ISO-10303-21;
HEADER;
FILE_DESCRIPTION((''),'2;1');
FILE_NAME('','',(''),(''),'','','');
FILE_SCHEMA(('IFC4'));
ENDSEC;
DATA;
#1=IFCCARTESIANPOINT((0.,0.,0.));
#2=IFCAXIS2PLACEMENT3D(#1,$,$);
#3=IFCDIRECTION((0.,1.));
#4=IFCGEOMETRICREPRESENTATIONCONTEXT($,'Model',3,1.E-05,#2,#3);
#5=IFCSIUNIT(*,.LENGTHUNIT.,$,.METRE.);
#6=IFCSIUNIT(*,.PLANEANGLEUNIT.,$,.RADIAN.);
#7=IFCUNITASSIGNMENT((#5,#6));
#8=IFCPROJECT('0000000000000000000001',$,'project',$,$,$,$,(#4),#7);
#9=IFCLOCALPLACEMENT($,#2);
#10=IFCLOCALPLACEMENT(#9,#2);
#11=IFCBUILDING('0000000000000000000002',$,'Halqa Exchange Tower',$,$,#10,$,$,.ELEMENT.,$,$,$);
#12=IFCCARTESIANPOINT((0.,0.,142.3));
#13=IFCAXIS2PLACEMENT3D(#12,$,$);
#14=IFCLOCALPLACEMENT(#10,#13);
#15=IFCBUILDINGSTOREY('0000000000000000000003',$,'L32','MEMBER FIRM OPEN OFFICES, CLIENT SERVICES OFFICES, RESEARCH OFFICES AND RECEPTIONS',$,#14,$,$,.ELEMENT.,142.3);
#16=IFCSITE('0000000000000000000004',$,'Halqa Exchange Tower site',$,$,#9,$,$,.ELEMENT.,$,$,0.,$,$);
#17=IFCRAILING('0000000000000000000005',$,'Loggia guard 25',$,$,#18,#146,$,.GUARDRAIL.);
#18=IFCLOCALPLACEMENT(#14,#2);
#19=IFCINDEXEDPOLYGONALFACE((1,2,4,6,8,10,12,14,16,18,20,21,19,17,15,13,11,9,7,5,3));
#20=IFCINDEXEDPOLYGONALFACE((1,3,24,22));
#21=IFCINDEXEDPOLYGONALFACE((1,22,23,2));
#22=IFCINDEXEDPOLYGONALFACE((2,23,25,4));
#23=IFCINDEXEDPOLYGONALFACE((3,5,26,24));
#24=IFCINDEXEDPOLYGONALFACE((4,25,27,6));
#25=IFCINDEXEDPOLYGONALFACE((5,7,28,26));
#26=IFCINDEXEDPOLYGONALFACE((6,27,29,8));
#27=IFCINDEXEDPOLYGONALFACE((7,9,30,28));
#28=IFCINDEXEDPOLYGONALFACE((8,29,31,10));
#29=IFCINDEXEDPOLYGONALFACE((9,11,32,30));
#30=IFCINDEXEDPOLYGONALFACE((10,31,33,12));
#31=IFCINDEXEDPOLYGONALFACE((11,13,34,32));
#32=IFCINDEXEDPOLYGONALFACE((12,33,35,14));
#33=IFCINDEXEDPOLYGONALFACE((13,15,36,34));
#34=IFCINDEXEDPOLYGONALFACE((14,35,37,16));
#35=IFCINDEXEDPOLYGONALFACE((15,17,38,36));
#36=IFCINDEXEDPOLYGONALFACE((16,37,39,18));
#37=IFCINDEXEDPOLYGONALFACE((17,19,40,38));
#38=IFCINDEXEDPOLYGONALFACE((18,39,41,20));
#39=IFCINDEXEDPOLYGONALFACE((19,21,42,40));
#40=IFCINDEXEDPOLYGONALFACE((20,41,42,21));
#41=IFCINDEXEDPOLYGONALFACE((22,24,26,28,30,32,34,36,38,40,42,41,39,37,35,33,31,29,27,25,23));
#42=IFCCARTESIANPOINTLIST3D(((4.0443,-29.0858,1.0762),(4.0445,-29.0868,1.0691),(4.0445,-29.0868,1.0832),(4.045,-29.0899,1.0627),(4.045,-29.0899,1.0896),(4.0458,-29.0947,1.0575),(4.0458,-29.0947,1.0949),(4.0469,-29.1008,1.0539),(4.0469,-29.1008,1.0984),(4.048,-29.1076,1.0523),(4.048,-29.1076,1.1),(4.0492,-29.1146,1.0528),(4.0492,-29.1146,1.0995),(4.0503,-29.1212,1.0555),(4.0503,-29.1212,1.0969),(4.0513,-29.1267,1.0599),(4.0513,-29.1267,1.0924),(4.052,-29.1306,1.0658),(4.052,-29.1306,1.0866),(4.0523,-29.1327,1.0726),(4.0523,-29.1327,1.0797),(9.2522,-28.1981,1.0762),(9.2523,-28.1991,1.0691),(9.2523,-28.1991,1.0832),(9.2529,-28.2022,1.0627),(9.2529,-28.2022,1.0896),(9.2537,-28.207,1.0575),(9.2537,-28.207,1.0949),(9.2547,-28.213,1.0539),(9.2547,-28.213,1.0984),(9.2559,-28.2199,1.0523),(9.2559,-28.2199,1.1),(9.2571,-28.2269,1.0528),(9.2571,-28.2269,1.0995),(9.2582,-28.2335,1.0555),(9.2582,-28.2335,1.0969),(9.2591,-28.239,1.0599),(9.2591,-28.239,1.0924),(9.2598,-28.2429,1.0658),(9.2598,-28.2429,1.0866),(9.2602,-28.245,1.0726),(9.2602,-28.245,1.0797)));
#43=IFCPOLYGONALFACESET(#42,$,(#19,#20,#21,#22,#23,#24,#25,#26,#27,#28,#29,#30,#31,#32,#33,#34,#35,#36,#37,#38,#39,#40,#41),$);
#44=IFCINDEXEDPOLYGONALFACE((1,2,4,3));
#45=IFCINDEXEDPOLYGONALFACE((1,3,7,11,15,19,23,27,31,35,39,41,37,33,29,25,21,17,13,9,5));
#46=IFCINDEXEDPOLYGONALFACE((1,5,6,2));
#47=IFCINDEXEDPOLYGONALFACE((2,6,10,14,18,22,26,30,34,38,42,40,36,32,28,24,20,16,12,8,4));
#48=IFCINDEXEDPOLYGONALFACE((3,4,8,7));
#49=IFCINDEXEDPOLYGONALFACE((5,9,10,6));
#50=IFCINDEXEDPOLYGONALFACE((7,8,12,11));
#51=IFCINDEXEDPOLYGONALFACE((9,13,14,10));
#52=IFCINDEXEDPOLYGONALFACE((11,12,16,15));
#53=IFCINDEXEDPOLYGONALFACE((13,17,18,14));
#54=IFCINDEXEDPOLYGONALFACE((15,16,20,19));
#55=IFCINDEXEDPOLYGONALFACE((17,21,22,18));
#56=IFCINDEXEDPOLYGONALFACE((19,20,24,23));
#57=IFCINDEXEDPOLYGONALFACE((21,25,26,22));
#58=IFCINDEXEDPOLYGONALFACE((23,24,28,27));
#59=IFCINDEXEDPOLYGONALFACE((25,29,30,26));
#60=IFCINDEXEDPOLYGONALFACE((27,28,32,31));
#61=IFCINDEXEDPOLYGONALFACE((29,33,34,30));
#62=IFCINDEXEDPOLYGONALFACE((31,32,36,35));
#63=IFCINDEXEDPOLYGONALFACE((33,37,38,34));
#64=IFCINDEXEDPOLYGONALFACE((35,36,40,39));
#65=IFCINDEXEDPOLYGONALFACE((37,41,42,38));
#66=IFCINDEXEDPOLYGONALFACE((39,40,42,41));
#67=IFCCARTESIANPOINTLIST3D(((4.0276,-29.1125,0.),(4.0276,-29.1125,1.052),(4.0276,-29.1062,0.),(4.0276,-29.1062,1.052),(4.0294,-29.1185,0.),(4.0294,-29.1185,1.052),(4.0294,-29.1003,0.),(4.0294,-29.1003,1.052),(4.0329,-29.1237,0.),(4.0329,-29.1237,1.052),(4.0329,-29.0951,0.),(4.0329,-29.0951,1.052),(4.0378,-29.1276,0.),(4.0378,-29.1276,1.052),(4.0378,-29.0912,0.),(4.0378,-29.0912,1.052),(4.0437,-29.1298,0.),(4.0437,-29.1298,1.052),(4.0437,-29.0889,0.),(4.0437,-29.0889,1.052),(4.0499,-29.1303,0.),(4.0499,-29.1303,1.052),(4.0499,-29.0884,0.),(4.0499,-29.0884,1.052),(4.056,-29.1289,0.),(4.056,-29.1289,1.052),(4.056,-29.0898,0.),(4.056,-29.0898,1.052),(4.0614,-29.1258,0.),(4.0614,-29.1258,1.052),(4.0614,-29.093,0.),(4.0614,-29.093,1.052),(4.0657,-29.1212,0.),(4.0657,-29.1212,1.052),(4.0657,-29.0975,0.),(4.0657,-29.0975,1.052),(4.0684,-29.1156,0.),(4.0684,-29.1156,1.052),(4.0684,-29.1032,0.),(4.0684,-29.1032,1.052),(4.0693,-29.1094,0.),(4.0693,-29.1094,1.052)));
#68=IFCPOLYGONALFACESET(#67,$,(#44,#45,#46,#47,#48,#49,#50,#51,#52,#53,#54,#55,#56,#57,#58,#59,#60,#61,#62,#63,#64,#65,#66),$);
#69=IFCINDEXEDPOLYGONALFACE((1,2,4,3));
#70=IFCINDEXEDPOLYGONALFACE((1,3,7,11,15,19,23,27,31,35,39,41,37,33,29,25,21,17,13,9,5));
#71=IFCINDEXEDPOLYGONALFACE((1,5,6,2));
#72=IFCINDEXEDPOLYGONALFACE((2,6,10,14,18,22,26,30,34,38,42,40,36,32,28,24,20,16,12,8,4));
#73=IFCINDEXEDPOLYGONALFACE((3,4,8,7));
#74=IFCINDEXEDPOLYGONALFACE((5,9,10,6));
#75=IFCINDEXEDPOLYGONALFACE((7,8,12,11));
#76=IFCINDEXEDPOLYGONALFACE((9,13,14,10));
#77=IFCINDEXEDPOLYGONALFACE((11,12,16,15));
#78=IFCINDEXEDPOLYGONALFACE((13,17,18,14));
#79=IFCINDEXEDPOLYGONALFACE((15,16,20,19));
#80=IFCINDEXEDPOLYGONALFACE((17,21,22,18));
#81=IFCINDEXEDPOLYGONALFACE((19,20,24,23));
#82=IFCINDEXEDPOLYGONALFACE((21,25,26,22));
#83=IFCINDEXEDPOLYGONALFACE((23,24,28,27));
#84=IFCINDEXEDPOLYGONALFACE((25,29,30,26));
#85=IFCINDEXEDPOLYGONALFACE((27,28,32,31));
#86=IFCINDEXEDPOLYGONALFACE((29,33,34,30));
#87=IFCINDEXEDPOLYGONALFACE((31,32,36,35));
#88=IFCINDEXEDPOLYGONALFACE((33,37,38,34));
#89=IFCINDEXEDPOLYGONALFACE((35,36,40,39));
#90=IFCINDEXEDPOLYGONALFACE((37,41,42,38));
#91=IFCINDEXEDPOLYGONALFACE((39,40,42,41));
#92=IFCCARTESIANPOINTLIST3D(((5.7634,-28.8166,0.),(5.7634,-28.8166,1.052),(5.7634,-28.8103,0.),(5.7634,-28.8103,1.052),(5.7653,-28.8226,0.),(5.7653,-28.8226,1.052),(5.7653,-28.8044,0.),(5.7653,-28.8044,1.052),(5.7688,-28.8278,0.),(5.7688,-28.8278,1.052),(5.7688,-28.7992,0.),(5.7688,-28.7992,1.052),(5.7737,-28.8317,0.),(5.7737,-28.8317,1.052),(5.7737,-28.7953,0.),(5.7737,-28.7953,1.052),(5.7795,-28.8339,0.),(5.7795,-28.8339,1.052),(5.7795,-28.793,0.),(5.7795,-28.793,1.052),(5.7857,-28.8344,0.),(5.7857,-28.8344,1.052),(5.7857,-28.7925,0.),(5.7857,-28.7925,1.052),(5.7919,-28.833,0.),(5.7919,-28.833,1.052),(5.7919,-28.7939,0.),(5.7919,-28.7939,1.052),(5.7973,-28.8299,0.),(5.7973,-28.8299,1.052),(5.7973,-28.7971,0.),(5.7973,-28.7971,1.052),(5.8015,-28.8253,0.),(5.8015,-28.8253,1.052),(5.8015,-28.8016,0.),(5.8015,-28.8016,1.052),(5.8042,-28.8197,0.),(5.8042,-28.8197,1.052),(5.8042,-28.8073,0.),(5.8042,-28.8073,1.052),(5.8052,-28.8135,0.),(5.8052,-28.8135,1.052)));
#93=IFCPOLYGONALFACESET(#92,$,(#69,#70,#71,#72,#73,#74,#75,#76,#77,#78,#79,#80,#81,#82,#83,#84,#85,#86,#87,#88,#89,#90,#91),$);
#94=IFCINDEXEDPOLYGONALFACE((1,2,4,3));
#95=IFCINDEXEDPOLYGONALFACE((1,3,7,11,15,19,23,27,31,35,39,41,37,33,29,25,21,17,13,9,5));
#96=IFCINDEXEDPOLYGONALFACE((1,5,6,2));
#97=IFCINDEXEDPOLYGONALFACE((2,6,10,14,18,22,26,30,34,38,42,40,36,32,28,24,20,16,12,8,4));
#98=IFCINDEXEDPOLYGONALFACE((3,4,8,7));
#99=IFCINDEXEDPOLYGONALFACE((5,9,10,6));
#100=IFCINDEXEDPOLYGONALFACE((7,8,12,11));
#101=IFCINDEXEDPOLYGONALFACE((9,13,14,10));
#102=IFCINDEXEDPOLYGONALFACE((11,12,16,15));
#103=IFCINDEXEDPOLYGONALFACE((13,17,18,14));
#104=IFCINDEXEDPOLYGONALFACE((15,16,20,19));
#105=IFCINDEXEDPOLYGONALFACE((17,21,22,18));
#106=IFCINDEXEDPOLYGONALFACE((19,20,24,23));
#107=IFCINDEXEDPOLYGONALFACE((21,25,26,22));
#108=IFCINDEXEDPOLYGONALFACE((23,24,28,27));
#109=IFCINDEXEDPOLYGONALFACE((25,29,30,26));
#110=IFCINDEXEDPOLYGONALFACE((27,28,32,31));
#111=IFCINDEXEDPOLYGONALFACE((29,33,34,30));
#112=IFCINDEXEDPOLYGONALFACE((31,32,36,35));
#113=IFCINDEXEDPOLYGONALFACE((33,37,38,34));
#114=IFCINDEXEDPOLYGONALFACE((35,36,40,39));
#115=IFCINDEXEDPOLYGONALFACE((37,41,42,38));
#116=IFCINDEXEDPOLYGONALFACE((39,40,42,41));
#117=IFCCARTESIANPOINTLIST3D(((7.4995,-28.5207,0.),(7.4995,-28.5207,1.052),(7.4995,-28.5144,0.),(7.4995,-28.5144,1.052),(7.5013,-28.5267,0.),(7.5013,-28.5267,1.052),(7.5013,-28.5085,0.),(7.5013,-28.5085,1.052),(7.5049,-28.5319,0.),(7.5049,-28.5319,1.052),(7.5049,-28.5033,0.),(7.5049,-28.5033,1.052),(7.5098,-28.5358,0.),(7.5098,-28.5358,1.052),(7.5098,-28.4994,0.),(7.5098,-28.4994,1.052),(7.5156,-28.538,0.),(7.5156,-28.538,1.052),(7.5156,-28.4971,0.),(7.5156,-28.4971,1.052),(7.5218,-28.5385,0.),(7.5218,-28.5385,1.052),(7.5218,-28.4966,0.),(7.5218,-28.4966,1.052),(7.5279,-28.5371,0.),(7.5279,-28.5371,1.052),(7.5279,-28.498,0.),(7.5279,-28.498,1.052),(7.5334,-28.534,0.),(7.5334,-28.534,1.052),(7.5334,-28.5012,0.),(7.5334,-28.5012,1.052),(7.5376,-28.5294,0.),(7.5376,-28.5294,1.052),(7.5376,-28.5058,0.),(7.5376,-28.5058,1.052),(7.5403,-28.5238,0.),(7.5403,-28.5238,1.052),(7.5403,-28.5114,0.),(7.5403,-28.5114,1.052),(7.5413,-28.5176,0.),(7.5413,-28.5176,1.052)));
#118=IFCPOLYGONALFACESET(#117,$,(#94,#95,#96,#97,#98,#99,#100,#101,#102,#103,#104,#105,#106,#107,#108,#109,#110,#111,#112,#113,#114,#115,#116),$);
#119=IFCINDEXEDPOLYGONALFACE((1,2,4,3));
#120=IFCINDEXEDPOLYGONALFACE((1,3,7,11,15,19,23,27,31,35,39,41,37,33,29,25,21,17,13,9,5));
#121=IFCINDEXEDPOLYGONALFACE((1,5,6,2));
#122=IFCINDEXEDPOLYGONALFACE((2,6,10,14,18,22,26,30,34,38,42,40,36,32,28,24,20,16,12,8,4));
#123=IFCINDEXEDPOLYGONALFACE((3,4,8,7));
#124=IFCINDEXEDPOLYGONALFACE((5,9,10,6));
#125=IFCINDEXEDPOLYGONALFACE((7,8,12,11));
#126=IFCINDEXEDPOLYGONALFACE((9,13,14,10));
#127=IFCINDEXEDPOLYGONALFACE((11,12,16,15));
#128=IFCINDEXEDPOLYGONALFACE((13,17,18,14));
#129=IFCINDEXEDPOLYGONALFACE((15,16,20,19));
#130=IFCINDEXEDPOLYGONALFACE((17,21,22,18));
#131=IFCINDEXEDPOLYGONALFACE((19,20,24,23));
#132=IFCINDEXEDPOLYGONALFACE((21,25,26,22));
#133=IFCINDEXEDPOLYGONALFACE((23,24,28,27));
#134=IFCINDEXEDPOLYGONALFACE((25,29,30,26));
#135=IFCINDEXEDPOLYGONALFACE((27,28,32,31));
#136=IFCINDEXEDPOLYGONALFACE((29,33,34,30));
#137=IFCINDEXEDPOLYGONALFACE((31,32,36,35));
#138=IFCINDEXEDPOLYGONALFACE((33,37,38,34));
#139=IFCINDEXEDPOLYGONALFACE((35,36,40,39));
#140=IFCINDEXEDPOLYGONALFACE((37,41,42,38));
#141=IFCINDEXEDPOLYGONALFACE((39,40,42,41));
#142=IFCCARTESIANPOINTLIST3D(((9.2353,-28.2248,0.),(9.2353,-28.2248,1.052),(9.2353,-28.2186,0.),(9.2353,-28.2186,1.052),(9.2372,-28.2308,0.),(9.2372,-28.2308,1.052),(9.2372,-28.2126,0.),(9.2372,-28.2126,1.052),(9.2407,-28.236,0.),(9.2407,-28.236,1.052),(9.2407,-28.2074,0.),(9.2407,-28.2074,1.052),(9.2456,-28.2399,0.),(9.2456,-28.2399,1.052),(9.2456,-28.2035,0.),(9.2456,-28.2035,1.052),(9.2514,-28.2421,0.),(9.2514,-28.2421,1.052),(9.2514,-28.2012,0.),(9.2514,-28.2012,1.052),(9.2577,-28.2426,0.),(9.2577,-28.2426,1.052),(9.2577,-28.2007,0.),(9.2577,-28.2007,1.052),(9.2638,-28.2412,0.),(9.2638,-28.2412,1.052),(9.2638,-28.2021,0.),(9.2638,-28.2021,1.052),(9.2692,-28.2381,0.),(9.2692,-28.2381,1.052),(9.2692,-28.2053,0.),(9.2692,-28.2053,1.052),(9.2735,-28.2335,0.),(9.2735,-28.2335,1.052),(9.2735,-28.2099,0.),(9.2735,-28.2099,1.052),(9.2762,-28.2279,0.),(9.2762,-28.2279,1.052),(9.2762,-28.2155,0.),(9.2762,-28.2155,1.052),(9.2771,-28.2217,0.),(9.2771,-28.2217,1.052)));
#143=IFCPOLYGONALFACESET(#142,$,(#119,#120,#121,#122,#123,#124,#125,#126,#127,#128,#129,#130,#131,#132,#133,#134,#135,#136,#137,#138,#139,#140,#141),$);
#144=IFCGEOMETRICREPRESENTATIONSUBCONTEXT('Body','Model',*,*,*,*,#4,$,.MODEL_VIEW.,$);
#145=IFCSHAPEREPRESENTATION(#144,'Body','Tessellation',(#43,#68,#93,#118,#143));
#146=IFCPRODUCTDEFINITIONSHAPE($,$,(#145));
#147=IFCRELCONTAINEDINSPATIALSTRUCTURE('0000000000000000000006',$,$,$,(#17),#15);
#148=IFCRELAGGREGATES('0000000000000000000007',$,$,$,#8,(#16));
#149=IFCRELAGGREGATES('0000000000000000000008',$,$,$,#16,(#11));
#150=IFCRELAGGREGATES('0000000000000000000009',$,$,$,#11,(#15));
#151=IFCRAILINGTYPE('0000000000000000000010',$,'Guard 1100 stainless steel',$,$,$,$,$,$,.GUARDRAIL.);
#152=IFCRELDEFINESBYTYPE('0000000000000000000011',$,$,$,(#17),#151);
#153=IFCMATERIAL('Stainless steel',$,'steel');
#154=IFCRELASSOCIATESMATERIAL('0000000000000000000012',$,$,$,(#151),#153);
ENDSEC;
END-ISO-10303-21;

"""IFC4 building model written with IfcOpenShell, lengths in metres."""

from ifc_helpers import new_model, si_unit, direction, frame, origin, origin_2d, place, context, subcontext, project, spatial, circle, extrude, material, type_object, element, save


model = new_model("IFC4")

# Units and contexts
model_context = context("Model", 3, precision=1e-05, world=origin(), true_north=direction((0.0, 1.0)))
body_context = subcontext(model_context, "Body", "Model", "MODEL_VIEW")
ifc_project = project(units=[si_unit("LENGTHUNIT", "METRE"), si_unit("PLANEANGLEUNIT", "RADIAN")], contexts=[model_context])

# Site, building, storey
site_placement = place(None, origin())
site = spatial("IfcSite", under=ifc_project, at=site_placement, Name="Halqa Exchange Tower site", CompositionType="ELEMENT", RefElevation=0.0)
building_placement = place(site_placement, origin())
building = spatial("IfcBuilding", under=site, at=building_placement, Name="Halqa Exchange Tower", CompositionType="ELEMENT")
storey_placement = place(building_placement, frame((0.0, 0.0, 142.3)))
storey = spatial("IfcBuildingStorey", under=building, at=storey_placement, Name="L32", Description="MEMBER FIRM OPEN OFFICES, CLIENT SERVICES OFFICES, RESEARCH OFFICES AND RECEPTIONS", CompositionType="ELEMENT", Elevation=142.3)

# Railing
ifc_material_1 = material(Name="Stainless steel", Category="steel")
railing_type_1 = type_object("IfcRailingType", Name="Guard 1100 stainless steel", PredefinedType="GUARDRAIL", material=ifc_material_1)
railing_1_placement = place(storey_placement, frame((4.0483, -29.1094, 0.0)))
element("IfcRailing", 1, at=railing_1_placement, inside=storey, type_object=railing_type_1, Name="Loggia guard 25", PredefinedType="GUARDRAIL", context=body_context, shape_type="SweptSolid", body=[
    extrude(circle(Radius=0.0239, at=origin_2d()), frame((0.0, 0.0, 1.0762), z_axis=(0.985781, 0.168033, 0.0), x_axis=(-0.168033, 0.985781, 0.0)), (0.0, 0.0, 1.0), 5.283),
    extrude(circle(Radius=0.021, at=origin_2d()), origin(), (0.0, 0.0, 1.0), 1.052),
    extrude(circle(Radius=0.021, at=origin_2d()), frame((1.7358, 0.2959, 0.0)), (0.0, 0.0, 1.0), 1.052),
    extrude(circle(Radius=0.021, at=origin_2d()), frame((3.4719, 0.5918, 0.0)), (0.0, 0.0, 1.0), 1.052),
    extrude(circle(Radius=0.021, at=origin_2d()), frame((5.2078, 0.8877, 0.0)), (0.0, 0.0, 1.0), 1.052),
])

save(model, "model.ifc")
